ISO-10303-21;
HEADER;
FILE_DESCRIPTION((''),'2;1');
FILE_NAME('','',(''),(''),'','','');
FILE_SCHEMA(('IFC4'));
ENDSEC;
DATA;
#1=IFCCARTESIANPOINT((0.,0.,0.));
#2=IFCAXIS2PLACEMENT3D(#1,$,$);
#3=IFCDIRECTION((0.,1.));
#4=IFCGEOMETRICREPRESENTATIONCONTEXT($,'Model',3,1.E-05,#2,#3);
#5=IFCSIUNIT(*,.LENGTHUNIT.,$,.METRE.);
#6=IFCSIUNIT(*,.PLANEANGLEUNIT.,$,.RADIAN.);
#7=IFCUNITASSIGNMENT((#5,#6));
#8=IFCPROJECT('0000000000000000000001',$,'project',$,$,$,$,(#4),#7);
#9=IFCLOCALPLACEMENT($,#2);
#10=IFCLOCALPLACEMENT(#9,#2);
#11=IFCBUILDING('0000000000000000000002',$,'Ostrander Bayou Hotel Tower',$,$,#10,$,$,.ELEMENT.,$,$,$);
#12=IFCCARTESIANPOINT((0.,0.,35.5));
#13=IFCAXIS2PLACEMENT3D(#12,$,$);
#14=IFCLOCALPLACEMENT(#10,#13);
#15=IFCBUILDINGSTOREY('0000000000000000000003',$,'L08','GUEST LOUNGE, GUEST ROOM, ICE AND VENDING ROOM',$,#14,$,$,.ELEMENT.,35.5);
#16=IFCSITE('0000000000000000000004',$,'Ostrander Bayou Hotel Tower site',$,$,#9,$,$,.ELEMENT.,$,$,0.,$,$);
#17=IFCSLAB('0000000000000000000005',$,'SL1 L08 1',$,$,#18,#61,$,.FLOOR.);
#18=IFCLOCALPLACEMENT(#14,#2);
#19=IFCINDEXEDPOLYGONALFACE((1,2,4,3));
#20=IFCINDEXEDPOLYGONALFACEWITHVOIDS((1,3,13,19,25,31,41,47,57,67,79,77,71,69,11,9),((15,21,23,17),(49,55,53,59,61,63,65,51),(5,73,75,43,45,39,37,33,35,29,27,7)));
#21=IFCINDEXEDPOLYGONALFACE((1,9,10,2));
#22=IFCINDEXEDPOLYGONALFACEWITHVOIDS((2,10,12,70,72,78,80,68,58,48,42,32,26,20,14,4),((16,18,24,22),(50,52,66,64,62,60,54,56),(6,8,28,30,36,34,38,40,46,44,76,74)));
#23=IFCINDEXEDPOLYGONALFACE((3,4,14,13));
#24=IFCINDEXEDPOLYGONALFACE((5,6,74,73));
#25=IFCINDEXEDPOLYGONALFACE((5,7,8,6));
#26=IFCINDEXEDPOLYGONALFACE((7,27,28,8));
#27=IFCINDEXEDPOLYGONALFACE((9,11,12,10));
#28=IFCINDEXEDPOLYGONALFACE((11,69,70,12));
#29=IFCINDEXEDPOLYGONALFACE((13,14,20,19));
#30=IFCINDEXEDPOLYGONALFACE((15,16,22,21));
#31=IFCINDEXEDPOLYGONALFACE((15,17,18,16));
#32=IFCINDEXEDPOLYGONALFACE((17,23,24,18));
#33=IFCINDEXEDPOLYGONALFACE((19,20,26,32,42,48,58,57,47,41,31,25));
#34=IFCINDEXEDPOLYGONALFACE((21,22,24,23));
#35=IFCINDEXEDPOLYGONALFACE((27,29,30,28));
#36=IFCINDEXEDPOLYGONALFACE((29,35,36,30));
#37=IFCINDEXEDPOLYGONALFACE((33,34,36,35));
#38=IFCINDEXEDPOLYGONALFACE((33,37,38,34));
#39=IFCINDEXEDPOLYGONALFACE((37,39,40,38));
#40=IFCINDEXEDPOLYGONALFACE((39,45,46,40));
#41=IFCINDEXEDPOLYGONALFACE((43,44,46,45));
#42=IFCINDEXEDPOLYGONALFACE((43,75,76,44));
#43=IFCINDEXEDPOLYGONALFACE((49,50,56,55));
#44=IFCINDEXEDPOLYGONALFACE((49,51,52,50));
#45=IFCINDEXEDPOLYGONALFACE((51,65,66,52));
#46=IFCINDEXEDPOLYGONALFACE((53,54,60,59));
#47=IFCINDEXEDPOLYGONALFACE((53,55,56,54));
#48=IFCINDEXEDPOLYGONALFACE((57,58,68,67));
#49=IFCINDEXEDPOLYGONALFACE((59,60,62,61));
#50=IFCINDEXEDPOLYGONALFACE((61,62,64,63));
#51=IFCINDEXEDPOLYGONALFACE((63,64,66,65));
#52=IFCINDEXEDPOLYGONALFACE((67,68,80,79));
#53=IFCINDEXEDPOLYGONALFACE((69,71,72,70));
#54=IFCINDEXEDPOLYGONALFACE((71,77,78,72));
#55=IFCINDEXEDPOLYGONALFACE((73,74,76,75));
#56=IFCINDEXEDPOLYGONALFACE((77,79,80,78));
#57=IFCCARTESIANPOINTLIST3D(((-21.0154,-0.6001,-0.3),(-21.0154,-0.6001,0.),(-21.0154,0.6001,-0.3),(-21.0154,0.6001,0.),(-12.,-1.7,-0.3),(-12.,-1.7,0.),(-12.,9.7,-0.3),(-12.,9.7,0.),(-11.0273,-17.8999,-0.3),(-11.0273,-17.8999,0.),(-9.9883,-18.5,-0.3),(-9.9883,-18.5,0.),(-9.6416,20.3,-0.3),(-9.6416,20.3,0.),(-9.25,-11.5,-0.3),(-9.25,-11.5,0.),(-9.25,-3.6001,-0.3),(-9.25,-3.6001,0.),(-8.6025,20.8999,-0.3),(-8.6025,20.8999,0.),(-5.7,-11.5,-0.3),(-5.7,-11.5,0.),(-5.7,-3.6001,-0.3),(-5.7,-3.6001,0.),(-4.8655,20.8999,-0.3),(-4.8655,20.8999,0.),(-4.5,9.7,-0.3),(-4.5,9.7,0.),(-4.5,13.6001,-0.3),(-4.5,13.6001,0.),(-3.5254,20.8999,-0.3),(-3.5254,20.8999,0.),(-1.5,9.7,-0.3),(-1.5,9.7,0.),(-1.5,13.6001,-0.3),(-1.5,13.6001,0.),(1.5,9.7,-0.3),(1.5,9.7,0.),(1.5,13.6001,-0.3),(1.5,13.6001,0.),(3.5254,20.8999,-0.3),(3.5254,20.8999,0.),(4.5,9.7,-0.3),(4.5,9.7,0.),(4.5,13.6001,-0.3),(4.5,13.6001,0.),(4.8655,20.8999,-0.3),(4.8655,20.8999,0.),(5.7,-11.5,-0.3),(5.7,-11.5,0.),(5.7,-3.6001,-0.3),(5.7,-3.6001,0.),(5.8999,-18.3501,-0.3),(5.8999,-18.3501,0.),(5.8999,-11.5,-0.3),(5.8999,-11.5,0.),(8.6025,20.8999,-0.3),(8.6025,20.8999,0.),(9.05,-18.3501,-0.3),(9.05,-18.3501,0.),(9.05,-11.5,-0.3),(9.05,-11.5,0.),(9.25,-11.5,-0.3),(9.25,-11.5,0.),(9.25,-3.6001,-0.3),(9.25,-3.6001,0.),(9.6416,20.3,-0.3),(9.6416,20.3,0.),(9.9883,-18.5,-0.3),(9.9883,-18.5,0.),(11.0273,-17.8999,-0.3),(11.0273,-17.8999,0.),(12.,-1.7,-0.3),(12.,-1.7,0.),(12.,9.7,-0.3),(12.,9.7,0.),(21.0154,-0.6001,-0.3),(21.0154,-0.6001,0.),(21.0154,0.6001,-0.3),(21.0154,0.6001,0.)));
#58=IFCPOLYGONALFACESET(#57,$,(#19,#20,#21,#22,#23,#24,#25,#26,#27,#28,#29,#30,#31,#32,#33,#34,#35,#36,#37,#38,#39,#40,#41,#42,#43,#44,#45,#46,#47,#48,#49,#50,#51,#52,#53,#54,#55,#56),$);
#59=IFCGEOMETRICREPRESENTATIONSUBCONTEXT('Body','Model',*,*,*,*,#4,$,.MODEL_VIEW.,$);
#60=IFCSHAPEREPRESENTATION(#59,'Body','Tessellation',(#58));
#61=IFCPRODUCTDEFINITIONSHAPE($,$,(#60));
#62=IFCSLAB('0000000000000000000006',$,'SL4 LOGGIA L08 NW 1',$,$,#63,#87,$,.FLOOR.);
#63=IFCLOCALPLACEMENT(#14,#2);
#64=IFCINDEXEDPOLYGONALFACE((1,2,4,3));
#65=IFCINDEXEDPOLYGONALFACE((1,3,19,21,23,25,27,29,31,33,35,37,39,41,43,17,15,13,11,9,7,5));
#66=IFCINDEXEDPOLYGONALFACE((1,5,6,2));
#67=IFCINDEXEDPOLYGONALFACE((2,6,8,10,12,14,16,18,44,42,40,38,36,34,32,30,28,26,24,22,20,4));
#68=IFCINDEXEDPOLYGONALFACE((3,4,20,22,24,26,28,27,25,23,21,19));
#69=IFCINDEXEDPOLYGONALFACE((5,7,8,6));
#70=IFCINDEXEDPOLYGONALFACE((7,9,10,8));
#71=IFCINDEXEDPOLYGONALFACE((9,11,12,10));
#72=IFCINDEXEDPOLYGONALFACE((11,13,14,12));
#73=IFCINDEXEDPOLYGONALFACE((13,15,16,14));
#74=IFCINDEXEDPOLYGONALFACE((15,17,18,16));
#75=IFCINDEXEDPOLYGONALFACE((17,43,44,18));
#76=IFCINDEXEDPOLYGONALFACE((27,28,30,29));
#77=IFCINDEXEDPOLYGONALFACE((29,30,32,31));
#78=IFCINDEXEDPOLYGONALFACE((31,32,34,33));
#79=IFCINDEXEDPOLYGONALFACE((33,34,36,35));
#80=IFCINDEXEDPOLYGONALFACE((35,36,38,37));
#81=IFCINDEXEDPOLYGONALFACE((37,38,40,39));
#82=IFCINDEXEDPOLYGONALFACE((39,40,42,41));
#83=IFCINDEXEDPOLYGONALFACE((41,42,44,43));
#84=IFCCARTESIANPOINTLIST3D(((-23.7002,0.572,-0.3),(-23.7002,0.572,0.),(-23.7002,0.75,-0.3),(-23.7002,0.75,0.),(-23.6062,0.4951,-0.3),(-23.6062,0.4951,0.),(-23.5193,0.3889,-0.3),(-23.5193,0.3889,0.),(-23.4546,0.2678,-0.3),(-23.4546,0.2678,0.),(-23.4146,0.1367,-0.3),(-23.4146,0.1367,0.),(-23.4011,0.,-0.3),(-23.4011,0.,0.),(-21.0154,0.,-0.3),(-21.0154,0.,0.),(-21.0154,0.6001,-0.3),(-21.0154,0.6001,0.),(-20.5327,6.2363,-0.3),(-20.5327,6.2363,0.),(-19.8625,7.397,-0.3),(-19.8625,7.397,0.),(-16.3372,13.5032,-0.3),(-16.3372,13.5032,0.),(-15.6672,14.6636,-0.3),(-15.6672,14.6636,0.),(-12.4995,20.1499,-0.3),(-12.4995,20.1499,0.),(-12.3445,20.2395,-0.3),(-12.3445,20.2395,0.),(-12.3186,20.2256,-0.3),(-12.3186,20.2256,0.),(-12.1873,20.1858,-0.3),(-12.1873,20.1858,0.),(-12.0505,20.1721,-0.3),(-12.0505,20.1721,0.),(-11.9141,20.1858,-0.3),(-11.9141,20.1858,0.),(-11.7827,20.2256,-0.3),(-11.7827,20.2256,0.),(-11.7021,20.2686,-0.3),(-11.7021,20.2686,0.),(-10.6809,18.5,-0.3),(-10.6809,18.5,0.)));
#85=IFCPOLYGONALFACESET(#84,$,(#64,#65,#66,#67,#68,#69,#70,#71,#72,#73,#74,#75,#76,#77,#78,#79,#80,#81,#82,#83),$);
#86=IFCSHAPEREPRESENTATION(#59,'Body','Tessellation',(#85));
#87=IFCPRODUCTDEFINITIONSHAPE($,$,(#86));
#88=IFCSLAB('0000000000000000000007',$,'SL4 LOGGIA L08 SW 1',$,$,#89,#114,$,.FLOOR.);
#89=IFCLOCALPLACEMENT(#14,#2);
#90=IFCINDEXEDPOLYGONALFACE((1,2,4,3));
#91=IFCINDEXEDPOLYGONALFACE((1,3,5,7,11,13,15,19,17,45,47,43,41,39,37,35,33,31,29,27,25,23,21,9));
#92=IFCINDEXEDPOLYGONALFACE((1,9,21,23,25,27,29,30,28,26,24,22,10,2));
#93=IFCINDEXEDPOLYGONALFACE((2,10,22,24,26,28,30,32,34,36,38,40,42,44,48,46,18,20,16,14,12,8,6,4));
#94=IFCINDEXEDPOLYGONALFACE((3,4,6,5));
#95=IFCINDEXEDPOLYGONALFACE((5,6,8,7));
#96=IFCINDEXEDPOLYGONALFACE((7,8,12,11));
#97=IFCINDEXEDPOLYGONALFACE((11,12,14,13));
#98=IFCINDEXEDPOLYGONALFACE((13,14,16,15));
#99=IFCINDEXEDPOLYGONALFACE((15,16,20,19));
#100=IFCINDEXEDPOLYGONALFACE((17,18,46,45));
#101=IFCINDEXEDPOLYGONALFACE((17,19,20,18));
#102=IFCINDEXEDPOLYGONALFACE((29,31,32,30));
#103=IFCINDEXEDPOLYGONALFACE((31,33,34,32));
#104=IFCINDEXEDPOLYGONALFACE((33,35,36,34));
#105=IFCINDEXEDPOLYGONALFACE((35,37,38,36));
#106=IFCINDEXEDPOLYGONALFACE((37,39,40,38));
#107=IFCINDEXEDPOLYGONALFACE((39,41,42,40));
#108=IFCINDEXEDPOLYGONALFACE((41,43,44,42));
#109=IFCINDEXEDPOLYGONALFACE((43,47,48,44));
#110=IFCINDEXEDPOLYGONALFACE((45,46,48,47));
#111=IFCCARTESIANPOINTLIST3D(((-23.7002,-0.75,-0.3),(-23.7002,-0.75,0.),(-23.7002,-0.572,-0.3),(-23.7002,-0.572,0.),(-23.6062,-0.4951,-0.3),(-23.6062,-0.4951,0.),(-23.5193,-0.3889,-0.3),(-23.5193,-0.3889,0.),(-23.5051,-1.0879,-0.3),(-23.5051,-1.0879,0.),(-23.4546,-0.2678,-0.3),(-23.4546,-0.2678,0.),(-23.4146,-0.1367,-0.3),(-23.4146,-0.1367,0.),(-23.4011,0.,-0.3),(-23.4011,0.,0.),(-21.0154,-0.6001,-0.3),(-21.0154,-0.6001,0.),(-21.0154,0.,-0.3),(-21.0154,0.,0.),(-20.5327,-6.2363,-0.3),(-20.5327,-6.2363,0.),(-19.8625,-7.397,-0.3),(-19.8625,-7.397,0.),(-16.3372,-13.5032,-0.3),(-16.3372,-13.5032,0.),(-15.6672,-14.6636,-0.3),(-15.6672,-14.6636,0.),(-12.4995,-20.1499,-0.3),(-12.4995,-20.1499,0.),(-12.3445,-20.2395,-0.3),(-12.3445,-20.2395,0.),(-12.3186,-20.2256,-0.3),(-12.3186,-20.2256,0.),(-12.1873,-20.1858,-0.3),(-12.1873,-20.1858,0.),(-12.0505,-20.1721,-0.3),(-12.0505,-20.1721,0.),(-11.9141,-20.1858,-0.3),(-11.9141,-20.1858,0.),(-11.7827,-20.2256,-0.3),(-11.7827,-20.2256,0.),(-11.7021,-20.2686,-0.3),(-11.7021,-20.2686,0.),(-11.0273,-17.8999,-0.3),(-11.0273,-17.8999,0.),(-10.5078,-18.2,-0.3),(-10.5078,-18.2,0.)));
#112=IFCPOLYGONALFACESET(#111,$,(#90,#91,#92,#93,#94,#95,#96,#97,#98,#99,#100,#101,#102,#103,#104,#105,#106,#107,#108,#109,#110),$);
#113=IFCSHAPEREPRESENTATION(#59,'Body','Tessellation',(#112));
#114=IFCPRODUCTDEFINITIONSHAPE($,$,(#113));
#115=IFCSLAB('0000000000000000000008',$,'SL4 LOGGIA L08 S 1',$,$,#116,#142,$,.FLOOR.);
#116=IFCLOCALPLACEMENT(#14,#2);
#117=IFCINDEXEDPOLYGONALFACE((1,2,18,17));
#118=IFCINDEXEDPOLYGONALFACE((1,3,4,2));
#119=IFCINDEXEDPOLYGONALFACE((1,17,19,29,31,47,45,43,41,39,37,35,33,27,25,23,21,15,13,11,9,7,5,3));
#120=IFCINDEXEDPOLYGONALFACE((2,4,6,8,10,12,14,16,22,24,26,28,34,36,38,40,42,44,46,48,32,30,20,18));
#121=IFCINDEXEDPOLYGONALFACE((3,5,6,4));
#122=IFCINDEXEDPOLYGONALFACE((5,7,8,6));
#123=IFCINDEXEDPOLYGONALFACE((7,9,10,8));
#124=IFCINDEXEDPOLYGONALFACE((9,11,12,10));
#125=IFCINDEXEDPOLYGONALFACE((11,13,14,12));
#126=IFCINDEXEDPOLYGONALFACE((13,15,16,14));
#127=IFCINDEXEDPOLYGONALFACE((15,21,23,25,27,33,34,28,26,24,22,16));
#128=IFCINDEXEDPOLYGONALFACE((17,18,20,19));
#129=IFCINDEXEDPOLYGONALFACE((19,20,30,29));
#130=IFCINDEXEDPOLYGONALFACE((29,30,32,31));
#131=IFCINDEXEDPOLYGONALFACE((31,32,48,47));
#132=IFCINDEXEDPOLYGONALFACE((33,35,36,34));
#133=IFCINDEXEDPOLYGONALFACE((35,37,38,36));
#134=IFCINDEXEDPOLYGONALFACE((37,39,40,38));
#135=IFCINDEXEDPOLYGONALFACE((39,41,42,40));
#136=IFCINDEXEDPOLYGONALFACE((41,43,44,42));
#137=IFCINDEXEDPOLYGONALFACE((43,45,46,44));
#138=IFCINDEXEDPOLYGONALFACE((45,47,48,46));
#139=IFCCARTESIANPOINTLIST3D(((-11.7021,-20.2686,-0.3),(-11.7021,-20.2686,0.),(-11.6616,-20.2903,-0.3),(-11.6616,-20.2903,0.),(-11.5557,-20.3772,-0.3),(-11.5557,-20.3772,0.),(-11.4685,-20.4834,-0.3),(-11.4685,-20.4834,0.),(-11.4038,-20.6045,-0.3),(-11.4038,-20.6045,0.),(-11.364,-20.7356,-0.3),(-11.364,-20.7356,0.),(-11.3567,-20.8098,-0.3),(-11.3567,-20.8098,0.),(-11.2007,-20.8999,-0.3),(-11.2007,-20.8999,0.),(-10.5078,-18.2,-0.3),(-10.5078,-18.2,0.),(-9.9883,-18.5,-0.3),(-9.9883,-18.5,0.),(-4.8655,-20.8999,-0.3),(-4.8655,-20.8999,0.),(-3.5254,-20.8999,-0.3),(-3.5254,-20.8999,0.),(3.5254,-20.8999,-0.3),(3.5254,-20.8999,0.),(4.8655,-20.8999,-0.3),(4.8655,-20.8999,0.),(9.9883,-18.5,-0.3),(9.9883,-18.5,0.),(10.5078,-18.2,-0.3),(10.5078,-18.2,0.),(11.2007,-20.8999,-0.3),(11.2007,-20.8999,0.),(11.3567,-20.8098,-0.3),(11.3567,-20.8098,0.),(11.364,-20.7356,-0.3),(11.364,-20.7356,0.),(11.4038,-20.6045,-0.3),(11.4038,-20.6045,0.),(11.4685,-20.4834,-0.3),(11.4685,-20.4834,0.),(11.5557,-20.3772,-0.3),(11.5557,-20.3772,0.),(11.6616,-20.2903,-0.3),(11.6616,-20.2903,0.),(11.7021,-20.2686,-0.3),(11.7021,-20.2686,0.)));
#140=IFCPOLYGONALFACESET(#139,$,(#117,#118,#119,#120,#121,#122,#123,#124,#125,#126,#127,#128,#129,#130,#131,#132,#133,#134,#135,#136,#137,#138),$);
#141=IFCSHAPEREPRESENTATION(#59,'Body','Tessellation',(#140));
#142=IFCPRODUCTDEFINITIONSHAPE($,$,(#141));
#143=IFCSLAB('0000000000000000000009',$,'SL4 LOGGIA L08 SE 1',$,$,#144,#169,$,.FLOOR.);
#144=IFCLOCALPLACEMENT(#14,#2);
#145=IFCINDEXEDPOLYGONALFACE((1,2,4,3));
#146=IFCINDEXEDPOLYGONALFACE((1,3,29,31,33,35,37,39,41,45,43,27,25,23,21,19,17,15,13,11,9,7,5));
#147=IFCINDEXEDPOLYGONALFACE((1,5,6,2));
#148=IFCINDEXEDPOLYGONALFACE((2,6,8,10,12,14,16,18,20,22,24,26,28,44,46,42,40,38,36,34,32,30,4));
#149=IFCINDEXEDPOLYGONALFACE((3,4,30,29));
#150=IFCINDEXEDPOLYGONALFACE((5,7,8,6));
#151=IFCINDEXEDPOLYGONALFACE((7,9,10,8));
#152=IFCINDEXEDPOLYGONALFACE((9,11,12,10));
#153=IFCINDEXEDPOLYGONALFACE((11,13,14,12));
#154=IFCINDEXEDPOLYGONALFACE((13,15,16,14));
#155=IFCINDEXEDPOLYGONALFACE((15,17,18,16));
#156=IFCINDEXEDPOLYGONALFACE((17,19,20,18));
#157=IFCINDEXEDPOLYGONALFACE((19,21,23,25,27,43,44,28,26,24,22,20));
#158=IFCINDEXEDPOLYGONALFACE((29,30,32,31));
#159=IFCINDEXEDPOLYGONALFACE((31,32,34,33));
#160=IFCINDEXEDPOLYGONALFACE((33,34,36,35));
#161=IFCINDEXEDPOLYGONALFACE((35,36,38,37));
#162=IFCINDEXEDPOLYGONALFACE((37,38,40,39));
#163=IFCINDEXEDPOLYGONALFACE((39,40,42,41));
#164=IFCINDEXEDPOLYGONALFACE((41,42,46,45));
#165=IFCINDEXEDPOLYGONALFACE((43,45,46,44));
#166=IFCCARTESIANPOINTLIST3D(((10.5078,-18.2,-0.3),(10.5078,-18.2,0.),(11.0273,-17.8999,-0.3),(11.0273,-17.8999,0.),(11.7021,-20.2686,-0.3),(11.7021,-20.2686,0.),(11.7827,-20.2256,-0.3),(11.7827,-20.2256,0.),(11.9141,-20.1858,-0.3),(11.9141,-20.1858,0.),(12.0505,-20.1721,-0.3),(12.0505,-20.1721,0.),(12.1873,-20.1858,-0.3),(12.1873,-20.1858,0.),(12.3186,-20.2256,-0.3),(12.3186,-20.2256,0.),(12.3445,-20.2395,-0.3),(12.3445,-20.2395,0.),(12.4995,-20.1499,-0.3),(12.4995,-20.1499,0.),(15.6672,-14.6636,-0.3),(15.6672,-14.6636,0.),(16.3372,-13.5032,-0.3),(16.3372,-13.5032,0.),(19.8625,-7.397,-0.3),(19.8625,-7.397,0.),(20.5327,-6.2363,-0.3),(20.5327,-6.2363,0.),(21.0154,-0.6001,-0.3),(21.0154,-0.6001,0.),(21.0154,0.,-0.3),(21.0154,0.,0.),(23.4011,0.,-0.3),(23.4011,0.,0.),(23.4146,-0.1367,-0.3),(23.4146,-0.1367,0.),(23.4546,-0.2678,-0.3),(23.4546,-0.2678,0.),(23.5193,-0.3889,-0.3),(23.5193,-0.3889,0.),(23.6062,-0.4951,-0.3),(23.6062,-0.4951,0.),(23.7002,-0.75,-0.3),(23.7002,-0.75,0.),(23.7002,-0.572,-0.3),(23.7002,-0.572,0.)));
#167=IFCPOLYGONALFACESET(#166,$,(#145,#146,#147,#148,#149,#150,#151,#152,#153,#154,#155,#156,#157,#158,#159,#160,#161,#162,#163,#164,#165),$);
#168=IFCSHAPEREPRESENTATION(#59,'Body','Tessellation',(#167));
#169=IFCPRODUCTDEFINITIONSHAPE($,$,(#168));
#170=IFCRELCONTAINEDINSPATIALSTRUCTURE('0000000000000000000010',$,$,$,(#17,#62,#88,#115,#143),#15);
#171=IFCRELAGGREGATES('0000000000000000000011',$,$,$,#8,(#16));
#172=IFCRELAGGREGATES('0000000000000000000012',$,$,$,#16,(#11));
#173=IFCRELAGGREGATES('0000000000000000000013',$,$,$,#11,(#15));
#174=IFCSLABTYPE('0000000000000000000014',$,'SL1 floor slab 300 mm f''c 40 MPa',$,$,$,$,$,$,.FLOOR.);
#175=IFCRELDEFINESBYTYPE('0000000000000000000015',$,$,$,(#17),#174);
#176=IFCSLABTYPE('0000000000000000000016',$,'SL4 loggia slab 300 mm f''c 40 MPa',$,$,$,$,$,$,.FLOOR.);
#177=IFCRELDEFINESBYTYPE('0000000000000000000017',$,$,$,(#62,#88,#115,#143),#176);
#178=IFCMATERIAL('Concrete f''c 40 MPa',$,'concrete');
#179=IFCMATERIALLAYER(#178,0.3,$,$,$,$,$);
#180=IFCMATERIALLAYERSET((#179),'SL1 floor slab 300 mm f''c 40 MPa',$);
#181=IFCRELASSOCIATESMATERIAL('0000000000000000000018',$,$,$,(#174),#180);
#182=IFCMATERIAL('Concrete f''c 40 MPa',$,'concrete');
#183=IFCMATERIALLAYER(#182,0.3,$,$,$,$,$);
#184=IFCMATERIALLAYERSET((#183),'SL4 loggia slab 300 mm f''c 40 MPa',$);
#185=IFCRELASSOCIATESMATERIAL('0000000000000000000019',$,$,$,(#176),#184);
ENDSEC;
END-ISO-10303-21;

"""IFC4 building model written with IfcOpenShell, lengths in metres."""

from ifc_helpers import new_model, si_unit, direction, frame, origin, place, context, subcontext, project, spatial, polyline, outline, extrude, material, layer, layer_set, type_object, element, save


model = new_model("IFC4")

# Units and contexts
model_context = context("Model", 3, precision=1e-05, world=origin(), true_north=direction((0.0, 1.0)))
body_context = subcontext(model_context, "Body", "Model", "MODEL_VIEW")
ifc_project = project(units=[si_unit("LENGTHUNIT", "METRE"), si_unit("PLANEANGLEUNIT", "RADIAN")], contexts=[model_context])

# Site, building, storey
site_placement = place(None, origin())
site = spatial("IfcSite", under=ifc_project, at=site_placement, Name="Ostrander Bayou Hotel Tower site", CompositionType="ELEMENT", RefElevation=0.0)
building_placement = place(site_placement, origin())
building = spatial("IfcBuilding", under=site, at=building_placement, Name="Ostrander Bayou Hotel Tower", CompositionType="ELEMENT")
storey_placement = place(building_placement, frame((0.0, 0.0, 35.5)))
storey = spatial("IfcBuildingStorey", under=building, at=storey_placement, Name="L08", Description="GUEST LOUNGE, GUEST ROOM, ICE AND VENDING ROOM", CompositionType="ELEMENT", Elevation=35.5)

# Slabs
ifc_material_1 = material(Name="Concrete f'c 40 MPa", Category="concrete")
ifc_layer_1 = layer(ifc_material_1, 0.3)
ifc_layer_set_1 = layer_set([ifc_layer_1], Name="SL1 floor slab 300 mm f'c 40 MPa")
slab_type_1 = type_object("IfcSlabType", Name="SL1 floor slab 300 mm f'c 40 MPa", PredefinedType="FLOOR", material=ifc_layer_set_1)
slab_1_placement = place(storey_placement, frame((0.0, 0.0, -0.3)))
element("IfcSlab", 1, at=slab_1_placement, inside=storey, type_object=slab_type_1, Name="SL1 L08 1", PredefinedType="FLOOR", context=body_context, shape_type="SweptSolid", body=[
    extrude(outline(polyline([(-3.5254, 20.8999), (3.5254, 20.8999), (4.8655, 20.8999), (8.6025, 20.8999), (9.6416, 20.3), (21.0154, 0.6001), (21.0154, -0.6001), (11.0273, -17.8999), (9.9883, -18.5), (-9.9883, -18.5), (-11.0273, -17.8999), (-21.0154, -0.6001), (-21.0154, 0.6001), (-9.6416, 20.3), (-8.6025, 20.8999), (-4.8655, 20.8999), (-3.5254, 20.8999)]), holes=[polyline([(-12.0, -1.7), (12.0, -1.7), (12.0, 9.7), (4.5, 9.7), (4.5, 13.6001), (1.5, 13.6001), (1.5, 9.7), (-1.5, 9.7), (-1.5, 13.6001), (-4.5, 13.6001), (-4.5, 9.7), (-12.0, 9.7), (-12.0, -1.7)]), polyline([(9.05, -11.5), (9.25, -11.5), (9.25, -3.6001), (5.7, -3.6001), (5.7, -11.5), (5.8999, -11.5), (5.8999, -18.3501), (9.05, -18.3501), (9.05, -11.5)]), polyline([(-5.7, -3.6001), (-9.25, -3.6001), (-9.25, -11.5), (-5.7, -11.5), (-5.7, -3.6001)])]), origin(), (0.0, 0.0, 1.0), 0.3),
])
ifc_material_2 = material(Name="Concrete f'c 40 MPa", Category="concrete")
ifc_layer_2 = layer(ifc_material_2, 0.3)
ifc_layer_set_2 = layer_set([ifc_layer_2], Name="SL4 loggia slab 300 mm f'c 40 MPa")
slab_type_2 = type_object("IfcSlabType", Name="SL4 loggia slab 300 mm f'c 40 MPa", PredefinedType="FLOOR", material=ifc_layer_set_2)
slab_2_placement = place(storey_placement, frame((0.0, 0.0, -0.3)))
element("IfcSlab", 2, at=slab_2_placement, inside=storey, type_object=slab_type_2, Name="SL4 LOGGIA L08 NW 1", PredefinedType="FLOOR", context=body_context, shape_type="SweptSolid", body=[
    extrude(outline(polyline([(-23.4011, 0.0), (-23.4146, 0.1367), (-23.4546, 0.2678), (-23.5193, 0.3889), (-23.6062, 0.4951), (-23.7002, 0.572), (-23.7002, 0.75), (-20.5327, 6.2363), (-19.8625, 7.397), (-16.3372, 13.5032), (-15.6672, 14.6636), (-12.4995, 20.1499), (-12.3445, 20.2395), (-12.3186, 20.2256), (-12.1873, 20.1858), (-12.0505, 20.1721), (-11.9141, 20.1858), (-11.7827, 20.2256), (-11.7021, 20.2686), (-10.6809, 18.5), (-21.0154, 0.6001), (-21.0154, 0.0), (-23.4011, 0.0)])), origin(), (0.0, 0.0, 1.0), 0.3),
])
slab_3_placement = place(storey_placement, frame((0.0, 0.0, -0.3)))
element("IfcSlab", 3, at=slab_3_placement, inside=storey, type_object=slab_type_2, Name="SL4 LOGGIA L08 SW 1", PredefinedType="FLOOR", context=body_context, shape_type="SweptSolid", body=[
    extrude(outline(polyline([(-10.5078, -18.2), (-11.7021, -20.2686), (-11.7827, -20.2256), (-11.9141, -20.1858), (-12.0505, -20.1721), (-12.1873, -20.1858), (-12.3186, -20.2256), (-12.3445, -20.2395), (-12.4995, -20.1499), (-15.6672, -14.6636), (-16.3372, -13.5032), (-19.8625, -7.397), (-20.5327, -6.2363), (-23.5051, -1.0879), (-23.7002, -0.75), (-23.7002, -0.572), (-23.6062, -0.4951), (-23.5193, -0.3889), (-23.4546, -0.2678), (-23.4146, -0.1367), (-23.4011, 0.0), (-21.0154, 0.0), (-21.0154, -0.6001), (-11.0273, -17.8999), (-10.5078, -18.2)])), origin(), (0.0, 0.0, 1.0), 0.3),
])
slab_4_placement = place(storey_placement, frame((0.0, 0.0, -0.3)))
element("IfcSlab", 4, at=slab_4_placement, inside=storey, type_object=slab_type_2, Name="SL4 LOGGIA L08 S 1", PredefinedType="FLOOR", context=body_context, shape_type="SweptSolid", body=[
    extrude(outline(polyline([(10.5078, -18.2), (11.7021, -20.2686), (11.6616, -20.2903), (11.5557, -20.3772), (11.4685, -20.4834), (11.4038, -20.6045), (11.364, -20.7356), (11.3567, -20.8098), (11.2007, -20.8999), (4.8655, -20.8999), (3.5254, -20.8999), (-3.5254, -20.8999), (-4.8655, -20.8999), (-11.2007, -20.8999), (-11.3567, -20.8098), (-11.364, -20.7356), (-11.4038, -20.6045), (-11.4685, -20.4834), (-11.5557, -20.3772), (-11.6616, -20.2903), (-11.7021, -20.2686), (-10.5078, -18.2), (-9.9883, -18.5), (9.9883, -18.5), (10.5078, -18.2)])), origin(), (0.0, 0.0, 1.0), 0.3),
])
slab_5_placement = place(storey_placement, frame((0.0, 0.0, -0.3)))
element("IfcSlab", 5, at=slab_5_placement, inside=storey, type_object=slab_type_2, Name="SL4 LOGGIA L08 SE 1", PredefinedType="FLOOR", context=body_context, shape_type="SweptSolid", body=[
    extrude(outline(polyline([(21.0154, 0.0), (23.4011, 0.0), (23.4146, -0.1367), (23.4546, -0.2678), (23.5193, -0.3889), (23.6062, -0.4951), (23.7002, -0.572), (23.7002, -0.75), (20.5327, -6.2363), (19.8625, -7.397), (16.3372, -13.5032), (15.6672, -14.6636), (12.4995, -20.1499), (12.3445, -20.2395), (12.3186, -20.2256), (12.1873, -20.1858), (12.0505, -20.1721), (11.9141, -20.1858), (11.7827, -20.2256), (11.7021, -20.2686), (10.5078, -18.2), (11.0273, -17.8999), (21.0154, -0.6001), (21.0154, 0.0)])), origin(), (0.0, 0.0, 1.0), 0.3),
])

save(model, "model.ifc")
